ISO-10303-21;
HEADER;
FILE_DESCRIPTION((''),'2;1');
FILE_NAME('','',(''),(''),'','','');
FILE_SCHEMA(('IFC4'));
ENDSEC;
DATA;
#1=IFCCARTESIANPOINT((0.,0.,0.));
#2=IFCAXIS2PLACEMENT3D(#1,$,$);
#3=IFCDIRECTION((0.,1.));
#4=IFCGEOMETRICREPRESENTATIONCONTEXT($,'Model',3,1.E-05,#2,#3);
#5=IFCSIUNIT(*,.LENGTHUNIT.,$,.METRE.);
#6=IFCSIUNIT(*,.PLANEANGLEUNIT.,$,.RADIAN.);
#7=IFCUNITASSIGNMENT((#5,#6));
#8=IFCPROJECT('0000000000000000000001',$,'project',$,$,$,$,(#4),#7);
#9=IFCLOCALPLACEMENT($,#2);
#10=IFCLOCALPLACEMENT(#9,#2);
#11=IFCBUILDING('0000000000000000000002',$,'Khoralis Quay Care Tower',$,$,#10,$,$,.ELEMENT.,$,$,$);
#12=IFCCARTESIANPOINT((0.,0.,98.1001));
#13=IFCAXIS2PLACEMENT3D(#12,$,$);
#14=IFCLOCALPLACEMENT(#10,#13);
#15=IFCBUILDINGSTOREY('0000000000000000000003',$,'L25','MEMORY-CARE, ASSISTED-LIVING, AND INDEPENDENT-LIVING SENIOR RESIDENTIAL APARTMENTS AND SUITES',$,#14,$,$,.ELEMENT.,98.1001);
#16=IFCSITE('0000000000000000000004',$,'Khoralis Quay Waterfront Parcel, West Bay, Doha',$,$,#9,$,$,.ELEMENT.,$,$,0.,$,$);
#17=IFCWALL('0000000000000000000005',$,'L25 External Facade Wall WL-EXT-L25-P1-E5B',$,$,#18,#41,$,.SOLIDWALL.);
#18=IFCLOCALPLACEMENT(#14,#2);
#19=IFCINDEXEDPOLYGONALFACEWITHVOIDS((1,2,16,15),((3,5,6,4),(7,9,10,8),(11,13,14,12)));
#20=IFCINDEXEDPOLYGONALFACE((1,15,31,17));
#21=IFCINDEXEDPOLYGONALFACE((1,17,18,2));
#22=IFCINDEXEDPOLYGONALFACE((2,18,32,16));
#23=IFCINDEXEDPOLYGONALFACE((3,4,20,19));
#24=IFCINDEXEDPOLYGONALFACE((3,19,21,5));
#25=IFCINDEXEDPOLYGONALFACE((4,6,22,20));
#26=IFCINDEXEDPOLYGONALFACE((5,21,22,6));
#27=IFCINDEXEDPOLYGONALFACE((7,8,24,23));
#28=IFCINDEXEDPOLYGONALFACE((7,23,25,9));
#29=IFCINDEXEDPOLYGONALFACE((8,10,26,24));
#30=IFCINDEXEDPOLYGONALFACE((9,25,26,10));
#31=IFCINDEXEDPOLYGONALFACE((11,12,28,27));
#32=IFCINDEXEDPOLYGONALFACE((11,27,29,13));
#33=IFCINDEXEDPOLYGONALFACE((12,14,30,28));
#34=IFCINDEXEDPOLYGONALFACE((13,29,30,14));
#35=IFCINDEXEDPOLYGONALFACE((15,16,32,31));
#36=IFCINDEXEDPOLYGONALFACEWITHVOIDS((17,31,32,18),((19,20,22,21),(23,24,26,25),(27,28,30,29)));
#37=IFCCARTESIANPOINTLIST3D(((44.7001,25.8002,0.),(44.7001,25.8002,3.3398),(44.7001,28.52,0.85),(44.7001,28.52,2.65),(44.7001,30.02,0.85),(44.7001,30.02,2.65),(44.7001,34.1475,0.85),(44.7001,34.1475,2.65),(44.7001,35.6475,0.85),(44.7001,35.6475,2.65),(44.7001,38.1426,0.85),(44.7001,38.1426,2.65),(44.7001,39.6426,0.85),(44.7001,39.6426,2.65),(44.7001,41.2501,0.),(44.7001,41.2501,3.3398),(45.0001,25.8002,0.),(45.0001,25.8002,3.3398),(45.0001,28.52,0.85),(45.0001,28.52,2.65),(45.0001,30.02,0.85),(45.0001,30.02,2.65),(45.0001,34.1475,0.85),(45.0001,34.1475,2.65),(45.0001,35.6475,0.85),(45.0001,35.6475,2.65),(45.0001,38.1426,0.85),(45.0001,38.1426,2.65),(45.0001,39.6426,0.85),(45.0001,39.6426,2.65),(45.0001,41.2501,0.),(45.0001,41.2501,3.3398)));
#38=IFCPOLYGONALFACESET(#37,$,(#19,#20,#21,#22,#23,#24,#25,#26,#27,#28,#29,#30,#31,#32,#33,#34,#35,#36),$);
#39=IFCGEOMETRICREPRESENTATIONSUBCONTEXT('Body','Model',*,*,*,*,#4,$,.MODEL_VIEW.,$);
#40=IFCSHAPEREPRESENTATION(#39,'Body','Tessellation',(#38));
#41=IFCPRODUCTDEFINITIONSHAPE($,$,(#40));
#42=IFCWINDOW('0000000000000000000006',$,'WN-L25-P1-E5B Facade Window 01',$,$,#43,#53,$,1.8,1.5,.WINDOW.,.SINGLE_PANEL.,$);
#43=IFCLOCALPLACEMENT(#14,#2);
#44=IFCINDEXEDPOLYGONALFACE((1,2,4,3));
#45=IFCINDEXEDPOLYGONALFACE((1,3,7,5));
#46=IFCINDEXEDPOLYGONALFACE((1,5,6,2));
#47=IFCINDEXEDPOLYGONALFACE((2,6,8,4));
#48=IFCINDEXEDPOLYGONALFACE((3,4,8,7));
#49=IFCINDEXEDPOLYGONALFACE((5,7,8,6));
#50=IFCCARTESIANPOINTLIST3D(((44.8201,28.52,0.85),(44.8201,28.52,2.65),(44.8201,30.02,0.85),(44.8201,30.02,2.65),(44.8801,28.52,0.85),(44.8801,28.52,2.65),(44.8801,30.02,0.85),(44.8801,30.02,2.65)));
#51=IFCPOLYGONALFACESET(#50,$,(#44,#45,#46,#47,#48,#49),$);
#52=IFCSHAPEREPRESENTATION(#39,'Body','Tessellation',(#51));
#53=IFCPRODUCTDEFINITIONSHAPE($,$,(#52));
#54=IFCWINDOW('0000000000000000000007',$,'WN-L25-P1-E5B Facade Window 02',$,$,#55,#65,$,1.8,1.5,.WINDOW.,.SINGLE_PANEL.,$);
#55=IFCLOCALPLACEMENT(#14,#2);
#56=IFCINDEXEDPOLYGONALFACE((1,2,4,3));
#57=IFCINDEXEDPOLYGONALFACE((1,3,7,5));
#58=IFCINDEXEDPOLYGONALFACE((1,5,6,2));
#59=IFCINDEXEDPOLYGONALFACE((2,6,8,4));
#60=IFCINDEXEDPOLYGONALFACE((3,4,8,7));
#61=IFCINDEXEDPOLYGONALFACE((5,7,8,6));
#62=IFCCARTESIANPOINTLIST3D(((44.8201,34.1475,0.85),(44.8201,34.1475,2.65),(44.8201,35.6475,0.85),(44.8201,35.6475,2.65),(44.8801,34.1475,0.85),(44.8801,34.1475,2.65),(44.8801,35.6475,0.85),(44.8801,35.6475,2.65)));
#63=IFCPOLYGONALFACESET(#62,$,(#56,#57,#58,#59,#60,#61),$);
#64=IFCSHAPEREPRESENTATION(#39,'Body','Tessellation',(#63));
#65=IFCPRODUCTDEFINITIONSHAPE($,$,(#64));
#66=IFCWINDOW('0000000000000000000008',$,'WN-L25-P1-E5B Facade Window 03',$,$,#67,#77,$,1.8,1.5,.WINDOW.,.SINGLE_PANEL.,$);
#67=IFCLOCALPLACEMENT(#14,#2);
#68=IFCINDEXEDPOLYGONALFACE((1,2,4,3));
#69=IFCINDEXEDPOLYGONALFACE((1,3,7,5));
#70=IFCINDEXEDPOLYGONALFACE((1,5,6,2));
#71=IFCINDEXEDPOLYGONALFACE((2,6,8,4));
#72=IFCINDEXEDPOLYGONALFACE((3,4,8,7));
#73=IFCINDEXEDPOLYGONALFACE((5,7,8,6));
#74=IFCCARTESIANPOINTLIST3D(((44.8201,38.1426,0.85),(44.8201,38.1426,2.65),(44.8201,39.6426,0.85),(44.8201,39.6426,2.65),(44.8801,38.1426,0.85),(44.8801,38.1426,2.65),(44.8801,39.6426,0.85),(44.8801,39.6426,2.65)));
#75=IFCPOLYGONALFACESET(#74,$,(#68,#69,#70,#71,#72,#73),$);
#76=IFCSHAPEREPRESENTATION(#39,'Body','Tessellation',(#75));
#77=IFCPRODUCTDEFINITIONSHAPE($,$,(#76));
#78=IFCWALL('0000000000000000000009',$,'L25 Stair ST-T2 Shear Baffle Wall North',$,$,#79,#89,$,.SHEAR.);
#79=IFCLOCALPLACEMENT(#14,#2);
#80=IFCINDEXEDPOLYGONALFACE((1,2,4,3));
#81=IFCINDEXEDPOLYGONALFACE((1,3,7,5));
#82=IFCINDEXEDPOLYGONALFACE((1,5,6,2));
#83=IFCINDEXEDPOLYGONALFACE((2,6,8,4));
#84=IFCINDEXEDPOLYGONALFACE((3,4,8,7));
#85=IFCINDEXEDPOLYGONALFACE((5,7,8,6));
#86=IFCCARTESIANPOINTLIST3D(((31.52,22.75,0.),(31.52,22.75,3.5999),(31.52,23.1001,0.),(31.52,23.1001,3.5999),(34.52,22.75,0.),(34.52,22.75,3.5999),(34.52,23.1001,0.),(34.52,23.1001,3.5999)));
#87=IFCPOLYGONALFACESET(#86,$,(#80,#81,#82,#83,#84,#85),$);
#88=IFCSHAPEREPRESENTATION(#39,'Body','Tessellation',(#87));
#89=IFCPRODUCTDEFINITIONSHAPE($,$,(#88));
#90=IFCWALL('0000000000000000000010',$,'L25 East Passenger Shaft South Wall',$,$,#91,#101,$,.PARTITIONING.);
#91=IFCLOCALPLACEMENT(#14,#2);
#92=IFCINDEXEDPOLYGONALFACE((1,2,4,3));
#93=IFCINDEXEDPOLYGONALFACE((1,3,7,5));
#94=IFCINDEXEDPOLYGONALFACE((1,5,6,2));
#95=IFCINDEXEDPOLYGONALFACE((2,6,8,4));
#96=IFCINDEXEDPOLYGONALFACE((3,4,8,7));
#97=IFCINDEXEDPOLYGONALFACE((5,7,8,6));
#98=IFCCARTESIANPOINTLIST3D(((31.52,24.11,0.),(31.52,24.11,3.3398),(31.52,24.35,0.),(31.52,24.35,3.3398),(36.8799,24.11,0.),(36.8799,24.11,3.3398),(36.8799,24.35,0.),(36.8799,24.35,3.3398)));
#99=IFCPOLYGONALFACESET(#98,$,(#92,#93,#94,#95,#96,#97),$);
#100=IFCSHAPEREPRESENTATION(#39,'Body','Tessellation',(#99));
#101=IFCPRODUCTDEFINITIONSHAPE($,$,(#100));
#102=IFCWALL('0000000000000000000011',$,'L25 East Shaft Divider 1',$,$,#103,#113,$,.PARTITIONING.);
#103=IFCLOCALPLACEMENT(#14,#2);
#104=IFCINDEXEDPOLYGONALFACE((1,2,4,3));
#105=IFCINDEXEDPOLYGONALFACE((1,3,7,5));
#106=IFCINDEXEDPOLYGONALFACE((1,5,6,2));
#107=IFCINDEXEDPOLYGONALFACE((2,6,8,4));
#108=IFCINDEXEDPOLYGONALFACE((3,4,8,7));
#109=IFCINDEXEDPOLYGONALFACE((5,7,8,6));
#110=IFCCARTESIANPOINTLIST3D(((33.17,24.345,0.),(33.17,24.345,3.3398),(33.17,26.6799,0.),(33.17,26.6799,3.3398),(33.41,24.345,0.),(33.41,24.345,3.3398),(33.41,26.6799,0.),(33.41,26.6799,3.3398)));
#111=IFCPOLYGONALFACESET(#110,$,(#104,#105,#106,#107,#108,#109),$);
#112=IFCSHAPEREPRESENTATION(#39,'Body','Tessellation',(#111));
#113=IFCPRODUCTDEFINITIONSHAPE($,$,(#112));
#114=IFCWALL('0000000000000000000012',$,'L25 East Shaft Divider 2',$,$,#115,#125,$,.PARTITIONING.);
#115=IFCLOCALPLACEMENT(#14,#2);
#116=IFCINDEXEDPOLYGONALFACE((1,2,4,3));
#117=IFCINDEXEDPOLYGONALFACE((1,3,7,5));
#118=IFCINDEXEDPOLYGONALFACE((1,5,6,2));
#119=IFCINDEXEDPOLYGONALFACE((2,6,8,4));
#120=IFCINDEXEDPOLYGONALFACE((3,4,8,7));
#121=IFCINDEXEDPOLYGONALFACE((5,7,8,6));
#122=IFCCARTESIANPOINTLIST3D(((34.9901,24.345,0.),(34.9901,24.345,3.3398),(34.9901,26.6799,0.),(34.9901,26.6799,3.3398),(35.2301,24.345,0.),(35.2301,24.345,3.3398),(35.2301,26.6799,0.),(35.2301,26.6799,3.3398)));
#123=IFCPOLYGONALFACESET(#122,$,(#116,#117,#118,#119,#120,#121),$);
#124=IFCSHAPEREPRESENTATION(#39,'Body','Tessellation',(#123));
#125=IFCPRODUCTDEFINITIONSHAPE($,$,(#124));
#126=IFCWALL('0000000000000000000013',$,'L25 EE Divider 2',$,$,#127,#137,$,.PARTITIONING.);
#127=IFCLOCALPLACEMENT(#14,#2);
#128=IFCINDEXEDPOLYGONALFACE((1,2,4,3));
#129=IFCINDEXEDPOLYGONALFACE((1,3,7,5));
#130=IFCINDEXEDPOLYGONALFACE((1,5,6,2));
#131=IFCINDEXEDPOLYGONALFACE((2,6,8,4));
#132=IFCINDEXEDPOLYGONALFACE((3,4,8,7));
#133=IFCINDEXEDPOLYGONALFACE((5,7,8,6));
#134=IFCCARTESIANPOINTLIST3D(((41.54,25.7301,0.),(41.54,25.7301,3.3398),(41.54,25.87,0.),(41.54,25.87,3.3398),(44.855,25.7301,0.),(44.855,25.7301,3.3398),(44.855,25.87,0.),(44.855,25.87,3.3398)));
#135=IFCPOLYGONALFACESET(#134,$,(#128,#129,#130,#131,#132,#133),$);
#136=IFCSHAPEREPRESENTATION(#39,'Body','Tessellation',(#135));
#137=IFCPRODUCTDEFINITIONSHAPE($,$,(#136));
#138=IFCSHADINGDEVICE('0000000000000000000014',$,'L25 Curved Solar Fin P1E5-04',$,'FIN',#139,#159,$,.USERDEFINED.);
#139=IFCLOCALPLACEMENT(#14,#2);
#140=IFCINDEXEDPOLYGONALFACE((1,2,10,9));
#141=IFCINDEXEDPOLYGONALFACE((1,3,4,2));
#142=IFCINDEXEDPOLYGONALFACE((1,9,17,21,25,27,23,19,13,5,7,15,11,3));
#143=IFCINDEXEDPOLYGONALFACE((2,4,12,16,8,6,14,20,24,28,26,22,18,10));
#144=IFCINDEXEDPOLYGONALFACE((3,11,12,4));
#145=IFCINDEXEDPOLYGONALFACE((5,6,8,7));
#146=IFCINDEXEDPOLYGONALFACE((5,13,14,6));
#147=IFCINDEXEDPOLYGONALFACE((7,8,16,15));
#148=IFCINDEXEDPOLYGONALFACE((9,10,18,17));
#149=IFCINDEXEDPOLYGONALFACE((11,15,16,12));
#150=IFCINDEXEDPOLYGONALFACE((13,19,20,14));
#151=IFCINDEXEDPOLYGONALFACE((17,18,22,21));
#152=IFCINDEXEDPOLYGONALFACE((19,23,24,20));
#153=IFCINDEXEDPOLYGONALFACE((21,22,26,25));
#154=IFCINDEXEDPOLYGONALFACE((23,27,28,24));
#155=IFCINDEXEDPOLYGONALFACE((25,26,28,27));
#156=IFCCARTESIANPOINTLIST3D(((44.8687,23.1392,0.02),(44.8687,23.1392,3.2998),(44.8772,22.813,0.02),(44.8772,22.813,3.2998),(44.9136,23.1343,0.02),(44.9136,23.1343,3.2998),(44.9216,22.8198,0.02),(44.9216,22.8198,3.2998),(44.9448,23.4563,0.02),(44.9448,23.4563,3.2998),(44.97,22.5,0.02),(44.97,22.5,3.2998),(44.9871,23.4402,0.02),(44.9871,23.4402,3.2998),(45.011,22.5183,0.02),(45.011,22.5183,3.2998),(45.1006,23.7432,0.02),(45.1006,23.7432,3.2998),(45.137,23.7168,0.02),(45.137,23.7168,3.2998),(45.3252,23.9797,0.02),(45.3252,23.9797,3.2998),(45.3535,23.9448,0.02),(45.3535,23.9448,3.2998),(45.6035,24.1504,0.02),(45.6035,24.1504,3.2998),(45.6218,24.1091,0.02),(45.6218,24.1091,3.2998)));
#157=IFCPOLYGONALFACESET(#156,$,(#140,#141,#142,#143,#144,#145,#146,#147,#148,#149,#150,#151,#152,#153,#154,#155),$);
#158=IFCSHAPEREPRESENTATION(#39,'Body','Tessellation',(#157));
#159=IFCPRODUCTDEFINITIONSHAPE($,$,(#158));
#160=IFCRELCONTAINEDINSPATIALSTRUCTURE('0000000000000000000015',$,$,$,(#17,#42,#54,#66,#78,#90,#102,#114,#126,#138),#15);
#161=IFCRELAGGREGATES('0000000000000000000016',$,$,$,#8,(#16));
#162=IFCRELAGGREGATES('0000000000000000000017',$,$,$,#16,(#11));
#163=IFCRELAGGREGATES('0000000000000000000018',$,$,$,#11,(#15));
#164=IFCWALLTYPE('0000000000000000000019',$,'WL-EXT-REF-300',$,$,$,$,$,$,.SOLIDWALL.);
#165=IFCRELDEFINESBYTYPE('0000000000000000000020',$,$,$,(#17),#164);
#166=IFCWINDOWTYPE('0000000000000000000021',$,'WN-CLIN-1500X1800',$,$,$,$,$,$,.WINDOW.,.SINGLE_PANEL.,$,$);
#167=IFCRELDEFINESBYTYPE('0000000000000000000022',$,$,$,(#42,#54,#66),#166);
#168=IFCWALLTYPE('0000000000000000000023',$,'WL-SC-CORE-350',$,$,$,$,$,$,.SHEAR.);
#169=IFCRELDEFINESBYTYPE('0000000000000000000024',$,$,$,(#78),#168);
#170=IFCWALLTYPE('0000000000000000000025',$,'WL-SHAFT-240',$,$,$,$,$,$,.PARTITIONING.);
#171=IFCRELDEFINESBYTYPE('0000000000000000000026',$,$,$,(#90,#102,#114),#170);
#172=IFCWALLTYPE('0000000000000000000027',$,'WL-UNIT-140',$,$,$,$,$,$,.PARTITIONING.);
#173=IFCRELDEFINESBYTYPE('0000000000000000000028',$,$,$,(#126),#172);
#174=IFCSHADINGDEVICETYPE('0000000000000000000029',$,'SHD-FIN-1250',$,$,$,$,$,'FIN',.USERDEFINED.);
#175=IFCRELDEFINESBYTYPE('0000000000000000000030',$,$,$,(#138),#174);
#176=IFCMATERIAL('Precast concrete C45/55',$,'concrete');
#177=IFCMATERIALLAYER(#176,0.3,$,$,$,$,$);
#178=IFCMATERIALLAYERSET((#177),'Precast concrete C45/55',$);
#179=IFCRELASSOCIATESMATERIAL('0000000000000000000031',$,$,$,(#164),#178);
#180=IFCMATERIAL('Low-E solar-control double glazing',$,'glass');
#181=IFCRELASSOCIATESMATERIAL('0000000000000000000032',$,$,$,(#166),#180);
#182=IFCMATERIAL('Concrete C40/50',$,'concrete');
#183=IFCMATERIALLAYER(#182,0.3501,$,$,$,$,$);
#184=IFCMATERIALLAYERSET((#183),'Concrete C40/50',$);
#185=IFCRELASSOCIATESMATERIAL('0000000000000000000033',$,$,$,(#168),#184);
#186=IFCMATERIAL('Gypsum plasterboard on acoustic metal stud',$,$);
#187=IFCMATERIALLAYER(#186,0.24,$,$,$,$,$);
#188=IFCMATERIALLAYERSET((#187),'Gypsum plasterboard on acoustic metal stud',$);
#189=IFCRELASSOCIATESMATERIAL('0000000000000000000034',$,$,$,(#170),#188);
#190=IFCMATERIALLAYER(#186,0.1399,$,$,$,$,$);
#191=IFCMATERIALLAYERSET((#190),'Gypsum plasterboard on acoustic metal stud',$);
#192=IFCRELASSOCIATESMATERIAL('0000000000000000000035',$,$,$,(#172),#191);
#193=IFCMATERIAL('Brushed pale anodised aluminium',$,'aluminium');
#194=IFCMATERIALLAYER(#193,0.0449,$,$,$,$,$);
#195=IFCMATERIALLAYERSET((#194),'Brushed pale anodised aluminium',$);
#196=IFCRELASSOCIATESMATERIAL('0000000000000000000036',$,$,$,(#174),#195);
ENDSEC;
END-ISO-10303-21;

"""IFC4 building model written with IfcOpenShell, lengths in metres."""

from ifc_helpers import new_model, si_unit, direction, frame, frame_2d, origin, place, context, subcontext, project, spatial, polyline, rectangle, outline, extrude, source, transform, mapped, material, layer, layer_set, type_object, element, fill, save


model = new_model("IFC4")

# Units and contexts
model_context = context("Model", 3, precision=1e-05, world=origin(), true_north=direction((0.0, 1.0)))
body_context = subcontext(model_context, "Body", "Model", "MODEL_VIEW")
ifc_project = project(units=[si_unit("LENGTHUNIT", "METRE"), si_unit("PLANEANGLEUNIT", "RADIAN")], contexts=[model_context])

# Site, building, storey
site_placement = place(None, origin())
site = spatial("IfcSite", under=ifc_project, at=site_placement, Name="Khoralis Quay Waterfront Parcel, West Bay, Doha", CompositionType="ELEMENT", RefElevation=0.0)
building_placement = place(site_placement, origin())
building = spatial("IfcBuilding", under=site, at=building_placement, Name="Khoralis Quay Care Tower", CompositionType="ELEMENT")
storey_placement = place(building_placement, frame((0.0, 0.0, 98.1001)))
storey = spatial("IfcBuildingStorey", under=building, at=storey_placement, Name="L25", Description="MEMORY-CARE, ASSISTED-LIVING, AND INDEPENDENT-LIVING SENIOR RESIDENTIAL APARTMENTS AND SUITES", CompositionType="ELEMENT", Elevation=98.1001)

# Shared definitions
ifc_material_1 = material(Name="Low-E solar-control double glazing", Category="glass")

# Wall, openings, windows
ifc_material_2 = material(Name="Precast concrete C45/55", Category="concrete")
ifc_layer_1 = layer(ifc_material_2, 0.3)
ifc_layer_set_1 = layer_set([ifc_layer_1], Name="Precast concrete C45/55")
wall_type_1 = type_object("IfcWallType", Name="WL-EXT-REF-300", PredefinedType="SOLIDWALL", material=ifc_layer_set_1)
wall_1_placement = place(storey_placement, frame((44.8501, 25.8, 0.0), z_axis=(0.0, 0.0, 1.0), x_axis=(0.0, 1.0, 0.0)))
wall_1 = element("IfcWall", 1, at=wall_1_placement, inside=storey, type_object=wall_type_1, Name="L25 External Facade Wall WL-EXT-L25-P1-E5B", PredefinedType="SOLIDWALL", context=body_context, shape_type="SweptSolid", body=[
    extrude(rectangle(XDim=15.45, YDim=0.3, at=frame_2d((7.7251, 0.0))), origin(), (0.0, 0.0, 1.0), 3.3398),
])
opening_1_placement = place(wall_1_placement, frame((2.72, 0.0, 0.8501)))
opening_1 = element("IfcOpeningElement", 2, at=opening_1_placement, cuts=wall_1, PredefinedType="OPENING", context=body_context, shape_type="SweptSolid", body=[
    extrude(rectangle(XDim=1.5, YDim=1.8, at=frame_2d((0.75, 0.8999))), frame((0.0, 0.1602, 0.0), z_axis=(0.0, -1.0, 0.0), x_axis=(1.0, 0.0, 0.0)), (0.0, 0.0, 1.0), 0.3201),
])
opening_2_placement = place(wall_1_placement, frame((8.3474, 0.0, 0.8501)))
opening_2 = element("IfcOpeningElement", 3, at=opening_2_placement, cuts=wall_1, PredefinedType="OPENING", context=body_context, shape_type="SweptSolid", body=[
    extrude(rectangle(XDim=1.5, YDim=1.8, at=frame_2d((0.75, 0.8999))), frame((0.0, 0.1602, 0.0), z_axis=(0.0, -1.0, 0.0), x_axis=(1.0, 0.0, 0.0)), (0.0, 0.0, 1.0), 0.3201),
])
opening_3_placement = place(wall_1_placement, frame((12.3425, 0.0, 0.8501)))
opening_3 = element("IfcOpeningElement", 4, at=opening_3_placement, cuts=wall_1, PredefinedType="OPENING", context=body_context, shape_type="SweptSolid", body=[
    extrude(rectangle(XDim=1.5, YDim=1.8, at=frame_2d((0.75, 0.8999))), frame((0.0, 0.1602, 0.0), z_axis=(0.0, -1.0, 0.0), x_axis=(1.0, 0.0, 0.0)), (0.0, 0.0, 1.0), 0.3201),
])
window_type = type_object("IfcWindowType", Name="WN-CLIN-1500X1800", PartitioningType="SINGLE_PANEL", PredefinedType="WINDOW", material=ifc_material_1)
shared_shape_1 = source(origin(), body_context, "Body", "SweptSolid", [
    extrude(rectangle(XDim=1.5, YDim=1.8, at=frame_2d((0.75, 0.8999))), frame((0.0, 0.03, 0.0), z_axis=(0.0, -1.0, 0.0), x_axis=(1.0, 0.0, 0.0)), (0.0, 0.0, 1.0), 0.0601),
])
window_1_placement = place(opening_1_placement, origin())
window_1 = element("IfcWindow", 5, at=window_1_placement, inside=storey, type_object=window_type, Name="WN-L25-P1-E5B Facade Window 01", OverallHeight=1.8, OverallWidth=1.5, PartitioningType="SINGLE_PANEL", PredefinedType="WINDOW", context=body_context, shape_type="MappedRepresentation", body=[
    mapped(shared_shape_1, transform((0.0, 0.0, 0.0), scale=1.0)),
])
fill(opening_1, window_1)
window_2_placement = place(opening_2_placement, origin())
window_2 = element("IfcWindow", 6, at=window_2_placement, inside=storey, type_object=window_type, Name="WN-L25-P1-E5B Facade Window 02", OverallHeight=1.8, OverallWidth=1.5, PartitioningType="SINGLE_PANEL", PredefinedType="WINDOW", context=body_context, shape_type="MappedRepresentation", body=[
    mapped(shared_shape_1, transform((0.0, 0.0, 0.0), scale=1.0)),
])
fill(opening_2, window_2)
window_3_placement = place(opening_3_placement, origin())
window_3 = element("IfcWindow", 7, at=window_3_placement, inside=storey, type_object=window_type, Name="WN-L25-P1-E5B Facade Window 03", OverallHeight=1.8, OverallWidth=1.5, PartitioningType="SINGLE_PANEL", PredefinedType="WINDOW", context=body_context, shape_type="MappedRepresentation", body=[
    mapped(shared_shape_1, transform((0.0, 0.0, 0.0), scale=1.0)),
])
fill(opening_3, window_3)

# Walls
ifc_material_3 = material(Name="Concrete C40/50", Category="concrete")
ifc_layer_2 = layer(ifc_material_3, 0.3501)
ifc_layer_set_2 = layer_set([ifc_layer_2], Name="Concrete C40/50")
wall_type_2 = type_object("IfcWallType", Name="WL-SC-CORE-350", PredefinedType="SHEAR", material=ifc_layer_set_2)
wall_2_placement = place(storey_placement, frame((31.52, 22.925, 0.0), z_axis=(0.0, 0.0, 1.0), x_axis=(1.0, 0.0, 0.0)))
element("IfcWall", 8, at=wall_2_placement, inside=storey, type_object=wall_type_2, Name="L25 Stair ST-T2 Shear Baffle Wall North", PredefinedType="SHEAR", context=body_context, shape_type="SweptSolid", body=[
    extrude(rectangle(XDim=3.0, YDim=0.3501, at=frame_2d((1.5, 0.0))), origin(), (0.0, 0.0, 1.0), 3.5999),
])
ifc_material_4 = material(Name="Gypsum plasterboard on acoustic metal stud")
ifc_layer_3 = layer(ifc_material_4, 0.24)
ifc_layer_set_3 = layer_set([ifc_layer_3], Name="Gypsum plasterboard on acoustic metal stud")
wall_type_3 = type_object("IfcWallType", Name="WL-SHAFT-240", PredefinedType="PARTITIONING", material=ifc_layer_set_3)
wall_3_placement = place(storey_placement, frame((31.52, 24.23, 0.0), z_axis=(0.0, 0.0, 1.0), x_axis=(1.0, 0.0, 0.0)))
element("IfcWall", 9, at=wall_3_placement, inside=storey, type_object=wall_type_3, Name="L25 East Passenger Shaft South Wall", PredefinedType="PARTITIONING", context=body_context, shape_type="SweptSolid", body=[
    extrude(rectangle(XDim=5.3599, YDim=0.24, at=frame_2d((2.6799, 0.0))), origin(), (0.0, 0.0, 1.0), 3.3398),
])
for number, where, z_axis, x_axis, name in (
    (10, (33.29, 24.345, 0.0), (0.0, 0.0, 1.0), (0.0, 1.0, 0.0), "L25 East Shaft Divider 1"),
    (11, (35.1101, 24.345, 0.0), (0.0, 0.0, 1.0), (0.0, 1.0, 0.0), "L25 East Shaft Divider 2"),
):
    element("IfcWall", number, at=place(storey_placement, frame(where, z_axis=z_axis, x_axis=x_axis)), inside=storey, type_object=wall_type_3, Name=name, PredefinedType="PARTITIONING", context=body_context, shape_type="SweptSolid", body=[
        extrude(rectangle(XDim=2.335, YDim=0.24, at=frame_2d((1.1675, 0.0))), origin(), (0.0, 0.0, 1.0), 3.3398),
    ])
ifc_layer_4 = layer(ifc_material_4, 0.1399)
ifc_layer_set_4 = layer_set([ifc_layer_4], Name="Gypsum plasterboard on acoustic metal stud")
wall_type_4 = type_object("IfcWallType", Name="WL-UNIT-140", PredefinedType="PARTITIONING", material=ifc_layer_set_4)
wall_4_placement = place(storey_placement, frame((41.54, 25.8, 0.0), z_axis=(0.0, 0.0, 1.0), x_axis=(1.0, 0.0, 0.0)))
element("IfcWall", 12, at=wall_4_placement, inside=storey, type_object=wall_type_4, Name="L25 EE Divider 2", PredefinedType="PARTITIONING", context=body_context, shape_type="SweptSolid", body=[
    extrude(rectangle(XDim=3.3149, YDim=0.1399, at=frame_2d((1.6575, 0.0))), origin(), (0.0, 0.0, 1.0), 3.3398),
])

# Shading device
ifc_material_5 = material(Name="Brushed pale anodised aluminium", Category="aluminium")
ifc_layer_5 = layer(ifc_material_5, 0.0449)
ifc_layer_set_5 = layer_set([ifc_layer_5], Name="Brushed pale anodised aluminium")
shading_device_type = type_object("IfcShadingDeviceType", Name="SHD-FIN-1250", ElementType="FIN", PredefinedType="USERDEFINED", material=ifc_layer_set_5)
shared_shape_2 = source(origin(), body_context, "Body", "SweptSolid", [
    extrude(outline(polyline([(0.0, 0.0), (-0.0928, 0.313), (-0.1013, 0.6392), (-0.0251, 0.9563), (0.1306, 1.2432), (0.3552, 1.4797), (0.6335, 1.6504), (0.6519, 1.6091), (0.3835, 1.4448), (0.167, 1.2168), (0.0171, 0.9402), (-0.0564, 0.6343), (-0.0483, 0.3198), (0.041, 0.0183), (0.0, 0.0)])), origin(), (0.0, 0.0, 1.0), 3.2798),
])
for number, where, z_axis, x_axis, name in (
    (13, (44.97, 22.5, 0.02), (0.0, 0.0, 1.0), (1.0, 0.0, 0.0), "L25 Curved Solar Fin P1E5-04"),
):
    element("IfcShadingDevice", number, at=place(storey_placement, frame(where, z_axis=z_axis, x_axis=x_axis)), inside=storey, type_object=shading_device_type, Name=name, ObjectType="FIN", PredefinedType="USERDEFINED", context=body_context, shape_type="MappedRepresentation", body=[
        mapped(shared_shape_2, transform((0.0, 0.0, 0.0), scale=1.0)),
    ])

save(model, "model.ifc")
